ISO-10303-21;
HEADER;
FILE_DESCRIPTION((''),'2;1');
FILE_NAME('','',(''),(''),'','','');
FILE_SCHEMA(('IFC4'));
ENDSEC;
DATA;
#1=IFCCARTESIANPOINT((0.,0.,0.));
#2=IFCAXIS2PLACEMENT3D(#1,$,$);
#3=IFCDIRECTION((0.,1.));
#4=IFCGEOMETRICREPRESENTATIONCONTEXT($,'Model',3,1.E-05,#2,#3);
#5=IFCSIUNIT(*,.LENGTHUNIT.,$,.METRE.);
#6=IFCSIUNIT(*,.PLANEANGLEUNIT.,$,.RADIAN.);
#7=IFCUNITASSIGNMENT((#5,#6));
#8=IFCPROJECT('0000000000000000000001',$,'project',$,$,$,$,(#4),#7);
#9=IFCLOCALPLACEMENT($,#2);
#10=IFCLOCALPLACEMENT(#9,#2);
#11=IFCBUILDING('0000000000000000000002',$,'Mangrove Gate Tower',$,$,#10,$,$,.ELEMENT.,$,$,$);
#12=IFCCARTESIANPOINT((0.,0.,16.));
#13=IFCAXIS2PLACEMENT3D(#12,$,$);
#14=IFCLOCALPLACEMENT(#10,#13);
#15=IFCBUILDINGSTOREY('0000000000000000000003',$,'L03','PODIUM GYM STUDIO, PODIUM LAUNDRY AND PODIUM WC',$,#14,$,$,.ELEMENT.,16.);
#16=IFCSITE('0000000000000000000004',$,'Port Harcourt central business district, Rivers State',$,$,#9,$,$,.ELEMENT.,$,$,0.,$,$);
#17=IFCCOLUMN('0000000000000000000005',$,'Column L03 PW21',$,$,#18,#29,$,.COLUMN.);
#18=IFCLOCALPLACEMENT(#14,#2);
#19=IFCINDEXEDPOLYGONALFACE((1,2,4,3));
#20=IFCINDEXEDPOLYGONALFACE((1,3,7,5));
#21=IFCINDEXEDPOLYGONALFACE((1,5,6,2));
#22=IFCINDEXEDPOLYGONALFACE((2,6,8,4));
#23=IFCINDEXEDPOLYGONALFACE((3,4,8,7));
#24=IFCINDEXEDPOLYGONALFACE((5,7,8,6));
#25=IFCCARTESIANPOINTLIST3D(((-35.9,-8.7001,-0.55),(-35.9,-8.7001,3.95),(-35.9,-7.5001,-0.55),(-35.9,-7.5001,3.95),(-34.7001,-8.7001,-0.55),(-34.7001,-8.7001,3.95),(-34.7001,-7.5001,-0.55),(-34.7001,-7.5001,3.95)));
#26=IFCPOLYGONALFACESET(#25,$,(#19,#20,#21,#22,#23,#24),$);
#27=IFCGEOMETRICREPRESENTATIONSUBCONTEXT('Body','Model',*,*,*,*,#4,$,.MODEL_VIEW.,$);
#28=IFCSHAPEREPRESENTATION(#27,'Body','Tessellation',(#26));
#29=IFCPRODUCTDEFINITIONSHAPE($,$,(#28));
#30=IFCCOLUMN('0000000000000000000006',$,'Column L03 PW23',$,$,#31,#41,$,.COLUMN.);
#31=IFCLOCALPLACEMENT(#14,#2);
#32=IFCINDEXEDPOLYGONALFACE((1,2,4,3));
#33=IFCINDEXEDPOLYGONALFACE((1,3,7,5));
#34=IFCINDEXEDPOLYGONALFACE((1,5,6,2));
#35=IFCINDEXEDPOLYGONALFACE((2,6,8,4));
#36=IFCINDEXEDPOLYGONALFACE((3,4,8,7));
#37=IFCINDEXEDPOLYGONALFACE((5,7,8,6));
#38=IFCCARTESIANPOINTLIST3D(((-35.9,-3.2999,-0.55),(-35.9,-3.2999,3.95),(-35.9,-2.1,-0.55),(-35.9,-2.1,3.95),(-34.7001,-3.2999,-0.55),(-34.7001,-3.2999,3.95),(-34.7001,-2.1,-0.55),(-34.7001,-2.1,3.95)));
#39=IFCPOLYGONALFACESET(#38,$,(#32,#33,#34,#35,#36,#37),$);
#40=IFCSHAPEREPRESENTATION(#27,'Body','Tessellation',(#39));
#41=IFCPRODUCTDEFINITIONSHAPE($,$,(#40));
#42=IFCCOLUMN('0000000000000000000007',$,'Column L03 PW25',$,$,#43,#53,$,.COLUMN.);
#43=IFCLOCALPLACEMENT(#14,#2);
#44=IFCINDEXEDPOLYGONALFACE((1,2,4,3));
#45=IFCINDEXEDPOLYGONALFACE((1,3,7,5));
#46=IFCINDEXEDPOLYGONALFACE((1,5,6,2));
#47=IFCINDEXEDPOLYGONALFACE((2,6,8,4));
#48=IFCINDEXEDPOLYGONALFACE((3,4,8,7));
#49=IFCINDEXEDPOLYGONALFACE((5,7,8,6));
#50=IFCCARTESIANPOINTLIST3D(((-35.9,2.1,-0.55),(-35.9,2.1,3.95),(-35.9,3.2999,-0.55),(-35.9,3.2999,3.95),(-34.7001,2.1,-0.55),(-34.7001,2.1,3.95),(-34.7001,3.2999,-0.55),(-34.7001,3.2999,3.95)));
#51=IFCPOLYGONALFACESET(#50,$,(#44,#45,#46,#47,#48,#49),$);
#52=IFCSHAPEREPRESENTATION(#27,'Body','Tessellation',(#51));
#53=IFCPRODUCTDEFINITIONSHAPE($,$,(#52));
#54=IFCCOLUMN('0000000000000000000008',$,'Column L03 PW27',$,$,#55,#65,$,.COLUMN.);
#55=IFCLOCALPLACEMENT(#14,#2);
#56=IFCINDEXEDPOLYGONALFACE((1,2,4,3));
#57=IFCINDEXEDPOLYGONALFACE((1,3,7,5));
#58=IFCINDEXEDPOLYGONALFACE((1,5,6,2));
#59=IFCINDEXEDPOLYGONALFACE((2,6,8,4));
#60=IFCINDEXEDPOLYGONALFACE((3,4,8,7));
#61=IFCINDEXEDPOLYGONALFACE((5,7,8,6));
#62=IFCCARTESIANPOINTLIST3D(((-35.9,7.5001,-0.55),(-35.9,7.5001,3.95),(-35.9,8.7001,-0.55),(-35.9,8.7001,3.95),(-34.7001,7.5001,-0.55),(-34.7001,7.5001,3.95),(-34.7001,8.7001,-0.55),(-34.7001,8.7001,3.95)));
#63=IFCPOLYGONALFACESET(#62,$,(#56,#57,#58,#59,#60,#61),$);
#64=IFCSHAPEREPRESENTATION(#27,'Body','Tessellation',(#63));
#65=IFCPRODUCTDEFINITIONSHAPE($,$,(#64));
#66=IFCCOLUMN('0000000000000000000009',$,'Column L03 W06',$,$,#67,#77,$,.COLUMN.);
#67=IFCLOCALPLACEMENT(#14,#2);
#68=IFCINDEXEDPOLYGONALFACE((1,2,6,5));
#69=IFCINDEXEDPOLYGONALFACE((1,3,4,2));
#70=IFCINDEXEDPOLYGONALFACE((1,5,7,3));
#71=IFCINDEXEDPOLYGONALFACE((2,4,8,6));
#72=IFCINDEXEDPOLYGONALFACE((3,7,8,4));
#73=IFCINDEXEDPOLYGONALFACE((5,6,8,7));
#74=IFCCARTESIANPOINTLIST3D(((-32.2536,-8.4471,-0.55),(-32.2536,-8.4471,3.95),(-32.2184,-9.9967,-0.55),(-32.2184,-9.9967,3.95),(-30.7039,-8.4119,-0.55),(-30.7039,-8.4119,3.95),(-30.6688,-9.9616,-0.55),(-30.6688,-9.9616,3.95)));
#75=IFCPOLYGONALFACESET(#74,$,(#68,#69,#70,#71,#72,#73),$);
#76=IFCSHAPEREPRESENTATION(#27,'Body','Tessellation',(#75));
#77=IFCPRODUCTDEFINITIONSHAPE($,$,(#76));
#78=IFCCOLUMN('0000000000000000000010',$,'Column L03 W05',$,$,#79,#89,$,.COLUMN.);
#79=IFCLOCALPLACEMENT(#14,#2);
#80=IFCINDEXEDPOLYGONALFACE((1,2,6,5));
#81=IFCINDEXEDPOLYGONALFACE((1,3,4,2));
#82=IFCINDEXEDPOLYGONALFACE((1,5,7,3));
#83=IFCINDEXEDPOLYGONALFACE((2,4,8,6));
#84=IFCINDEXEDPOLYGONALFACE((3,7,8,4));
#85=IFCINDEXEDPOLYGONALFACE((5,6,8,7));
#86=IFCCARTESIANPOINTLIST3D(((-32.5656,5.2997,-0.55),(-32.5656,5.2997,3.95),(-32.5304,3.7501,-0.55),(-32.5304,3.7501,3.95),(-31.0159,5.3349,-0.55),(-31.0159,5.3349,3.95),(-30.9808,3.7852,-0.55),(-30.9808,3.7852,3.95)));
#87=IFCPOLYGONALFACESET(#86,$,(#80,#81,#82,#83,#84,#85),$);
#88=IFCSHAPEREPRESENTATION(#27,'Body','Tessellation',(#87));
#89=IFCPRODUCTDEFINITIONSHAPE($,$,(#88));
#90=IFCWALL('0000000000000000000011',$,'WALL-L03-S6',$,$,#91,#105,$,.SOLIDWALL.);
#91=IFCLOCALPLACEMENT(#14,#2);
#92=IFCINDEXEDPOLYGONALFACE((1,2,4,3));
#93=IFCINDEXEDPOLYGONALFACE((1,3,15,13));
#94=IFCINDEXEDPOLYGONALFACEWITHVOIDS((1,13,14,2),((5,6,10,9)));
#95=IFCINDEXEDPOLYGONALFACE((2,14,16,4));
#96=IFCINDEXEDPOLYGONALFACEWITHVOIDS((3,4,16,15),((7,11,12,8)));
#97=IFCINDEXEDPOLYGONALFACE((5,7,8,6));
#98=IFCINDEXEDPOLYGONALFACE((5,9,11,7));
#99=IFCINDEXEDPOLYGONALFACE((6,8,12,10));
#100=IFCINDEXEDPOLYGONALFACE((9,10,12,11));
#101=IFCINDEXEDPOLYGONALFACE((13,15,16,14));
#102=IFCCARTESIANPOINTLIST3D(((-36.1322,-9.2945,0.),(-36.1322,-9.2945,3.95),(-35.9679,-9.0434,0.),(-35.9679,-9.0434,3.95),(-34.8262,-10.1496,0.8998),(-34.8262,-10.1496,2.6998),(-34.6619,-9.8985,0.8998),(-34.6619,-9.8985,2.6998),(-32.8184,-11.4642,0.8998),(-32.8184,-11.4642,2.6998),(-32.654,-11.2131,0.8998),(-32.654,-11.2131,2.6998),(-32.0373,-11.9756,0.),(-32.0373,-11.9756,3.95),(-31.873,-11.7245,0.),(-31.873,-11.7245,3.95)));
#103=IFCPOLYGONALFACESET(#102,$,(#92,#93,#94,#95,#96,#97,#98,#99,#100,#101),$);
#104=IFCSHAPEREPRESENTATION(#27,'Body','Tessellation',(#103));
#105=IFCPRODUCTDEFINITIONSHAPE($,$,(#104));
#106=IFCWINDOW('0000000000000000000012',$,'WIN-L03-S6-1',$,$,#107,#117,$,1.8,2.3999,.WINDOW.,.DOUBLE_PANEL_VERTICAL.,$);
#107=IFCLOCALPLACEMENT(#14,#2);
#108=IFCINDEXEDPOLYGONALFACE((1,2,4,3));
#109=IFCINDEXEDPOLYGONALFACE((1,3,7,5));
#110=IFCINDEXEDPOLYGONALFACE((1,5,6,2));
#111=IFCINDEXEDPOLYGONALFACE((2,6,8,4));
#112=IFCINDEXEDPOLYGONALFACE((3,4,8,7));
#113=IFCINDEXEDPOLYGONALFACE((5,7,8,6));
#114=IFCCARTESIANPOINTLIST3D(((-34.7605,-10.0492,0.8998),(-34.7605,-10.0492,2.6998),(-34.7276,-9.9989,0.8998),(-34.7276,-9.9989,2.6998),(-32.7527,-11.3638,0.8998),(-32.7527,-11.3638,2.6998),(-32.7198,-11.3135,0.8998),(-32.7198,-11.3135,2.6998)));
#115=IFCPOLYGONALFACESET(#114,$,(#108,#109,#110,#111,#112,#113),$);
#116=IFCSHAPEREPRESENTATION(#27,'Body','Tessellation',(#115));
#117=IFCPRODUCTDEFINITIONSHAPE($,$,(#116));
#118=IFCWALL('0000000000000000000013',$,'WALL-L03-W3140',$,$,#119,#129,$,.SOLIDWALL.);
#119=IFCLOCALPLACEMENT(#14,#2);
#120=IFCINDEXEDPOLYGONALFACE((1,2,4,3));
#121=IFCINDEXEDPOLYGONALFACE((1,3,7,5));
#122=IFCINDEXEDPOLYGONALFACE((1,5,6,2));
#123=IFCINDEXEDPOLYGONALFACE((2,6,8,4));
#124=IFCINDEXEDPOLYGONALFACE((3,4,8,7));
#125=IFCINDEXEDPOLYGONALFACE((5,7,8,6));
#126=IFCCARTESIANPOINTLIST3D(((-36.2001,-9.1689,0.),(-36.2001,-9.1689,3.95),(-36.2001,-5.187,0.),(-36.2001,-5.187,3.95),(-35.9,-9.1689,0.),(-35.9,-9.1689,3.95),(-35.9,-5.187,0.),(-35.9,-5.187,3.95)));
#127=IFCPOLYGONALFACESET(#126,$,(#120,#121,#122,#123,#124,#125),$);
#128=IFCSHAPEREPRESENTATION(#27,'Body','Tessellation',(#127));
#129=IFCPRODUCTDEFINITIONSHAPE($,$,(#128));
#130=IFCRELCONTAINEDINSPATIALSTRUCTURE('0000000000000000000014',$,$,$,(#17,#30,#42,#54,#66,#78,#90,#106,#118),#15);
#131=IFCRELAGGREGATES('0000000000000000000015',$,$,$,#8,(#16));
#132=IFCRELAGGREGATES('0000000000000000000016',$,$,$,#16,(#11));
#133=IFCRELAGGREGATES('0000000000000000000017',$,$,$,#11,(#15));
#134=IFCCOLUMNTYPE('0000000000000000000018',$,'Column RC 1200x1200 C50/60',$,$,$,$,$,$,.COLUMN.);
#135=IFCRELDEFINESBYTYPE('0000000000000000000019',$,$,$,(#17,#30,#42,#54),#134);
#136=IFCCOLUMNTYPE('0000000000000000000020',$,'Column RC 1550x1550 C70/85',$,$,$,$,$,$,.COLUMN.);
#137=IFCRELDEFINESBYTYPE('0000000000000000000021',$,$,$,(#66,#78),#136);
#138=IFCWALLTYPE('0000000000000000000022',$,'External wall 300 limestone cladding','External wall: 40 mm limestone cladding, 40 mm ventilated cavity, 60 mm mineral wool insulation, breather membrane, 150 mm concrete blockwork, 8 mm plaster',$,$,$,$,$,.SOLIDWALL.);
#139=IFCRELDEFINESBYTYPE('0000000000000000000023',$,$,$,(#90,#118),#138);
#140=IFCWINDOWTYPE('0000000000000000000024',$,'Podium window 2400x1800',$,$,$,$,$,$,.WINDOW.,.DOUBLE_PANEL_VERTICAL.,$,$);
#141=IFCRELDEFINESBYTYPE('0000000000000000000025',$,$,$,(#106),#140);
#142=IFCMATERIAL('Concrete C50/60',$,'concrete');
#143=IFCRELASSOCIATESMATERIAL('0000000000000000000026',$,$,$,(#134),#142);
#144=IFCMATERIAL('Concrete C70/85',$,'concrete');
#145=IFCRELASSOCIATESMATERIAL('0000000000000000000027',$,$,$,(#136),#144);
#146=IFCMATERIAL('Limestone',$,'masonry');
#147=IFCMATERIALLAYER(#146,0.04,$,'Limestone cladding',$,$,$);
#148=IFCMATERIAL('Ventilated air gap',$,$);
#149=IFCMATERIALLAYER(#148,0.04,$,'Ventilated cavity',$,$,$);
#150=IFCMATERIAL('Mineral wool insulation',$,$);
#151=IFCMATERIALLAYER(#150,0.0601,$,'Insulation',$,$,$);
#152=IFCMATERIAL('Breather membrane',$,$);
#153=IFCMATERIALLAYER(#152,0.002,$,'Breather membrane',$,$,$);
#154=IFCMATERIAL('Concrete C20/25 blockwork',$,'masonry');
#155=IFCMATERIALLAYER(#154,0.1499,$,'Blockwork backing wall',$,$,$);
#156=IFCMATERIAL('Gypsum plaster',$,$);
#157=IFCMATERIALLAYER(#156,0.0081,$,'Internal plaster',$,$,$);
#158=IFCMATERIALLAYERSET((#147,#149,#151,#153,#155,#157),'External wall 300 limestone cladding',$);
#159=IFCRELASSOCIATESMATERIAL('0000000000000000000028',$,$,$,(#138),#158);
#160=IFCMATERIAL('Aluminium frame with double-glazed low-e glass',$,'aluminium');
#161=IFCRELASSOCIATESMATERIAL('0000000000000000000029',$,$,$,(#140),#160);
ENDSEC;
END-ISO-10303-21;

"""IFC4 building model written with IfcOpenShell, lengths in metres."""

from ifc_helpers import new_model, si_unit, direction, frame, frame_2d, origin, origin_2d, place, context, subcontext, project, spatial, rectangle, extrude, material, layer, layer_set, material_profile, profile_set, type_object, element, fill, save


model = new_model("IFC4")

# Units and contexts
model_context = context("Model", 3, precision=1e-05, world=origin(), true_north=direction((0.0, 1.0)))
body_context = subcontext(model_context, "Body", "Model", "MODEL_VIEW")
ifc_project = project(units=[si_unit("LENGTHUNIT", "METRE"), si_unit("PLANEANGLEUNIT", "RADIAN")], contexts=[model_context])

# Site, building, storey
site_placement = place(None, origin())
site = spatial("IfcSite", under=ifc_project, at=site_placement, Name="Port Harcourt central business district, Rivers State", CompositionType="ELEMENT", RefElevation=0.0)
building_placement = place(site_placement, origin())
building = spatial("IfcBuilding", under=site, at=building_placement, Name="Mangrove Gate Tower", CompositionType="ELEMENT")
storey_placement = place(building_placement, frame((0.0, 0.0, 16.0)))
storey = spatial("IfcBuildingStorey", under=building, at=storey_placement, Name="L03", Description="PODIUM GYM STUDIO, PODIUM LAUNDRY AND PODIUM WC", CompositionType="ELEMENT", Elevation=16.0)

# Columns
ifc_material_1 = material(Name="Concrete C50/60", Category="concrete")
ifc_material_profile_1 = material_profile(ifc_material_1, rectangle(XDim=1.2, YDim=1.2, at=origin_2d()))
ifc_profile_set_1 = profile_set([ifc_material_profile_1], Name="Concrete C50/60")
column_type_1 = type_object("IfcColumnType", Name="Column RC 1200x1200 C50/60", PredefinedType="COLUMN", material=ifc_profile_set_1)
for number, where, z_axis, x_axis, name in (
    (1, (-35.3, -8.1001, -0.55), (0.0, 0.0, 1.0), (1.0, 0.0, 0.0), "Column L03 PW21"),
    (2, (-35.3, -2.7, -0.55), (0.0, 0.0, 1.0), (1.0, 0.0, 0.0), "Column L03 PW23"),
    (3, (-35.3, 2.7, -0.55), (0.0, 0.0, 1.0), (1.0, 0.0, 0.0), "Column L03 PW25"),
    (4, (-35.3, 8.1001, -0.55), (0.0, 0.0, 1.0), (1.0, 0.0, 0.0), "Column L03 PW27"),
):
    element("IfcColumn", number, at=place(storey_placement, frame(where, z_axis=z_axis, x_axis=x_axis)), inside=storey, type_object=column_type_1, Name=name, PredefinedType="COLUMN", context=body_context, shape_type="SweptSolid", body=[
        extrude(rectangle(XDim=1.2, YDim=1.2, at=origin_2d()), origin(), (0.0, 0.0, 1.0), 4.5),
    ])
ifc_material_2 = material(Name="Concrete C70/85", Category="concrete")
ifc_material_profile_2 = material_profile(ifc_material_2, rectangle(XDim=1.55, YDim=1.55, at=origin_2d()))
ifc_profile_set_2 = profile_set([ifc_material_profile_2], Name="Concrete C70/85")
column_type_2 = type_object("IfcColumnType", Name="Column RC 1550x1550 C70/85", PredefinedType="COLUMN", material=ifc_profile_set_2)
for number, where, z_axis, x_axis, name in (
    (5, (-31.4612, -9.2043, -0.55), (0.0, 0.0, 1.0), (0.022678, -0.999743, 0.0), "Column L03 W06"),
    (6, (-31.7732, 4.5425, -0.55), (0.0, 0.0, 1.0), (0.02268, -0.999743, 0.0), "Column L03 W05"),
):
    element("IfcColumn", number, at=place(storey_placement, frame(where, z_axis=z_axis, x_axis=x_axis)), inside=storey, type_object=column_type_2, Name=name, PredefinedType="COLUMN", context=body_context, shape_type="SweptSolid", body=[
        extrude(rectangle(XDim=1.55, YDim=1.55, at=origin_2d()), origin(), (0.0, 0.0, 1.0), 4.5),
    ])

# Wall, opening, window
ifc_material_3 = material(Name="Limestone", Category="masonry")
ifc_layer_1 = layer(ifc_material_3, 0.04, Name="Limestone cladding")
ifc_material_4 = material(Name="Ventilated air gap")
ifc_layer_2 = layer(ifc_material_4, 0.04, Name="Ventilated cavity")
ifc_material_5 = material(Name="Mineral wool insulation")
ifc_layer_3 = layer(ifc_material_5, 0.0601, Name="Insulation")
ifc_material_6 = material(Name="Breather membrane")
ifc_layer_4 = layer(ifc_material_6, 0.002, Name="Breather membrane")
ifc_material_7 = material(Name="Concrete C20/25 blockwork", Category="masonry")
ifc_layer_5 = layer(ifc_material_7, 0.1499, Name="Blockwork backing wall")
ifc_material_8 = material(Name="Gypsum plaster")
ifc_layer_6 = layer(ifc_material_8, 0.0081, Name="Internal plaster")
ifc_layer_set = layer_set([ifc_layer_1, ifc_layer_2, ifc_layer_3, ifc_layer_4, ifc_layer_5, ifc_layer_6], Name="External wall 300 limestone cladding")
wall_type = type_object("IfcWallType", Name="External wall 300 limestone cladding", Description="External wall: 40 mm limestone cladding, 40 mm ventilated cavity, 60 mm mineral wool insulation, breather membrane, 150 mm concrete blockwork, 8 mm plaster", PredefinedType="SOLIDWALL", material=ifc_layer_set)
wall_1_placement = place(storey_placement, frame((-36.05, -9.1689, 0.0), z_axis=(0.0, 0.0, 1.0), x_axis=(0.836626, -0.547775, 0.0)))
wall_1 = element("IfcWall", 7, at=wall_1_placement, inside=storey, type_object=wall_type, Name="WALL-L03-S6", PredefinedType="SOLIDWALL", context=body_context, shape_type="SweptSolid", body=[
    extrude(rectangle(XDim=4.8945, YDim=0.3, at=frame_2d((2.4473, 0.0))), origin(), (0.0, 0.0, 1.0), 3.95),
])
opening_placement = place(wall_1_placement, frame((1.561, 0.0, 0.8999)))
opening = element("IfcOpeningElement", 8, at=opening_placement, cuts=wall_1, PredefinedType="OPENING", context=body_context, shape_type="SweptSolid", body=[
    extrude(rectangle(XDim=2.3999, YDim=1.8, at=frame_2d((1.2, 0.8999))), frame((0.0, 0.1599, 0.0), z_axis=(0.0, -1.0, 0.0), x_axis=(1.0, 0.0, 0.0)), (0.0, 0.0, 1.0), 0.3201),
])
ifc_material_9 = material(Name="Aluminium frame with double-glazed low-e glass", Category="aluminium")
window_type = type_object("IfcWindowType", Name="Podium window 2400x1800", PartitioningType="DOUBLE_PANEL_VERTICAL", PredefinedType="WINDOW", material=ifc_material_9)
window_placement = place(opening_placement, origin())
window = element("IfcWindow", 9, at=window_placement, inside=storey, type_object=window_type, Name="WIN-L03-S6-1", OverallHeight=1.8, OverallWidth=2.3999, PartitioningType="DOUBLE_PANEL_VERTICAL", PredefinedType="WINDOW", context=body_context, shape_type="SweptSolid", body=[
    extrude(rectangle(XDim=2.3999, YDim=1.8, at=frame_2d((1.2, 0.8999))), frame((0.0, 0.03, 0.0), z_axis=(0.0, -1.0, 0.0), x_axis=(1.0, 0.0, 0.0)), (0.0, 0.0, 1.0), 0.0601),
])
fill(opening, window)

# Wall
wall_2_placement = place(storey_placement, frame((-36.05, -5.187, 0.0), z_axis=(0.0, 0.0, 1.0), x_axis=(0.0, -1.0, 0.0)))
element("IfcWall", 10, at=wall_2_placement, inside=storey, type_object=wall_type, Name="WALL-L03-W3140", PredefinedType="SOLIDWALL", context=body_context, shape_type="SweptSolid", body=[
    extrude(rectangle(XDim=3.9819, YDim=0.3, at=frame_2d((1.991, 0.0))), origin(), (0.0, 0.0, 1.0), 3.95),
])

save(model, "model.ifc")
